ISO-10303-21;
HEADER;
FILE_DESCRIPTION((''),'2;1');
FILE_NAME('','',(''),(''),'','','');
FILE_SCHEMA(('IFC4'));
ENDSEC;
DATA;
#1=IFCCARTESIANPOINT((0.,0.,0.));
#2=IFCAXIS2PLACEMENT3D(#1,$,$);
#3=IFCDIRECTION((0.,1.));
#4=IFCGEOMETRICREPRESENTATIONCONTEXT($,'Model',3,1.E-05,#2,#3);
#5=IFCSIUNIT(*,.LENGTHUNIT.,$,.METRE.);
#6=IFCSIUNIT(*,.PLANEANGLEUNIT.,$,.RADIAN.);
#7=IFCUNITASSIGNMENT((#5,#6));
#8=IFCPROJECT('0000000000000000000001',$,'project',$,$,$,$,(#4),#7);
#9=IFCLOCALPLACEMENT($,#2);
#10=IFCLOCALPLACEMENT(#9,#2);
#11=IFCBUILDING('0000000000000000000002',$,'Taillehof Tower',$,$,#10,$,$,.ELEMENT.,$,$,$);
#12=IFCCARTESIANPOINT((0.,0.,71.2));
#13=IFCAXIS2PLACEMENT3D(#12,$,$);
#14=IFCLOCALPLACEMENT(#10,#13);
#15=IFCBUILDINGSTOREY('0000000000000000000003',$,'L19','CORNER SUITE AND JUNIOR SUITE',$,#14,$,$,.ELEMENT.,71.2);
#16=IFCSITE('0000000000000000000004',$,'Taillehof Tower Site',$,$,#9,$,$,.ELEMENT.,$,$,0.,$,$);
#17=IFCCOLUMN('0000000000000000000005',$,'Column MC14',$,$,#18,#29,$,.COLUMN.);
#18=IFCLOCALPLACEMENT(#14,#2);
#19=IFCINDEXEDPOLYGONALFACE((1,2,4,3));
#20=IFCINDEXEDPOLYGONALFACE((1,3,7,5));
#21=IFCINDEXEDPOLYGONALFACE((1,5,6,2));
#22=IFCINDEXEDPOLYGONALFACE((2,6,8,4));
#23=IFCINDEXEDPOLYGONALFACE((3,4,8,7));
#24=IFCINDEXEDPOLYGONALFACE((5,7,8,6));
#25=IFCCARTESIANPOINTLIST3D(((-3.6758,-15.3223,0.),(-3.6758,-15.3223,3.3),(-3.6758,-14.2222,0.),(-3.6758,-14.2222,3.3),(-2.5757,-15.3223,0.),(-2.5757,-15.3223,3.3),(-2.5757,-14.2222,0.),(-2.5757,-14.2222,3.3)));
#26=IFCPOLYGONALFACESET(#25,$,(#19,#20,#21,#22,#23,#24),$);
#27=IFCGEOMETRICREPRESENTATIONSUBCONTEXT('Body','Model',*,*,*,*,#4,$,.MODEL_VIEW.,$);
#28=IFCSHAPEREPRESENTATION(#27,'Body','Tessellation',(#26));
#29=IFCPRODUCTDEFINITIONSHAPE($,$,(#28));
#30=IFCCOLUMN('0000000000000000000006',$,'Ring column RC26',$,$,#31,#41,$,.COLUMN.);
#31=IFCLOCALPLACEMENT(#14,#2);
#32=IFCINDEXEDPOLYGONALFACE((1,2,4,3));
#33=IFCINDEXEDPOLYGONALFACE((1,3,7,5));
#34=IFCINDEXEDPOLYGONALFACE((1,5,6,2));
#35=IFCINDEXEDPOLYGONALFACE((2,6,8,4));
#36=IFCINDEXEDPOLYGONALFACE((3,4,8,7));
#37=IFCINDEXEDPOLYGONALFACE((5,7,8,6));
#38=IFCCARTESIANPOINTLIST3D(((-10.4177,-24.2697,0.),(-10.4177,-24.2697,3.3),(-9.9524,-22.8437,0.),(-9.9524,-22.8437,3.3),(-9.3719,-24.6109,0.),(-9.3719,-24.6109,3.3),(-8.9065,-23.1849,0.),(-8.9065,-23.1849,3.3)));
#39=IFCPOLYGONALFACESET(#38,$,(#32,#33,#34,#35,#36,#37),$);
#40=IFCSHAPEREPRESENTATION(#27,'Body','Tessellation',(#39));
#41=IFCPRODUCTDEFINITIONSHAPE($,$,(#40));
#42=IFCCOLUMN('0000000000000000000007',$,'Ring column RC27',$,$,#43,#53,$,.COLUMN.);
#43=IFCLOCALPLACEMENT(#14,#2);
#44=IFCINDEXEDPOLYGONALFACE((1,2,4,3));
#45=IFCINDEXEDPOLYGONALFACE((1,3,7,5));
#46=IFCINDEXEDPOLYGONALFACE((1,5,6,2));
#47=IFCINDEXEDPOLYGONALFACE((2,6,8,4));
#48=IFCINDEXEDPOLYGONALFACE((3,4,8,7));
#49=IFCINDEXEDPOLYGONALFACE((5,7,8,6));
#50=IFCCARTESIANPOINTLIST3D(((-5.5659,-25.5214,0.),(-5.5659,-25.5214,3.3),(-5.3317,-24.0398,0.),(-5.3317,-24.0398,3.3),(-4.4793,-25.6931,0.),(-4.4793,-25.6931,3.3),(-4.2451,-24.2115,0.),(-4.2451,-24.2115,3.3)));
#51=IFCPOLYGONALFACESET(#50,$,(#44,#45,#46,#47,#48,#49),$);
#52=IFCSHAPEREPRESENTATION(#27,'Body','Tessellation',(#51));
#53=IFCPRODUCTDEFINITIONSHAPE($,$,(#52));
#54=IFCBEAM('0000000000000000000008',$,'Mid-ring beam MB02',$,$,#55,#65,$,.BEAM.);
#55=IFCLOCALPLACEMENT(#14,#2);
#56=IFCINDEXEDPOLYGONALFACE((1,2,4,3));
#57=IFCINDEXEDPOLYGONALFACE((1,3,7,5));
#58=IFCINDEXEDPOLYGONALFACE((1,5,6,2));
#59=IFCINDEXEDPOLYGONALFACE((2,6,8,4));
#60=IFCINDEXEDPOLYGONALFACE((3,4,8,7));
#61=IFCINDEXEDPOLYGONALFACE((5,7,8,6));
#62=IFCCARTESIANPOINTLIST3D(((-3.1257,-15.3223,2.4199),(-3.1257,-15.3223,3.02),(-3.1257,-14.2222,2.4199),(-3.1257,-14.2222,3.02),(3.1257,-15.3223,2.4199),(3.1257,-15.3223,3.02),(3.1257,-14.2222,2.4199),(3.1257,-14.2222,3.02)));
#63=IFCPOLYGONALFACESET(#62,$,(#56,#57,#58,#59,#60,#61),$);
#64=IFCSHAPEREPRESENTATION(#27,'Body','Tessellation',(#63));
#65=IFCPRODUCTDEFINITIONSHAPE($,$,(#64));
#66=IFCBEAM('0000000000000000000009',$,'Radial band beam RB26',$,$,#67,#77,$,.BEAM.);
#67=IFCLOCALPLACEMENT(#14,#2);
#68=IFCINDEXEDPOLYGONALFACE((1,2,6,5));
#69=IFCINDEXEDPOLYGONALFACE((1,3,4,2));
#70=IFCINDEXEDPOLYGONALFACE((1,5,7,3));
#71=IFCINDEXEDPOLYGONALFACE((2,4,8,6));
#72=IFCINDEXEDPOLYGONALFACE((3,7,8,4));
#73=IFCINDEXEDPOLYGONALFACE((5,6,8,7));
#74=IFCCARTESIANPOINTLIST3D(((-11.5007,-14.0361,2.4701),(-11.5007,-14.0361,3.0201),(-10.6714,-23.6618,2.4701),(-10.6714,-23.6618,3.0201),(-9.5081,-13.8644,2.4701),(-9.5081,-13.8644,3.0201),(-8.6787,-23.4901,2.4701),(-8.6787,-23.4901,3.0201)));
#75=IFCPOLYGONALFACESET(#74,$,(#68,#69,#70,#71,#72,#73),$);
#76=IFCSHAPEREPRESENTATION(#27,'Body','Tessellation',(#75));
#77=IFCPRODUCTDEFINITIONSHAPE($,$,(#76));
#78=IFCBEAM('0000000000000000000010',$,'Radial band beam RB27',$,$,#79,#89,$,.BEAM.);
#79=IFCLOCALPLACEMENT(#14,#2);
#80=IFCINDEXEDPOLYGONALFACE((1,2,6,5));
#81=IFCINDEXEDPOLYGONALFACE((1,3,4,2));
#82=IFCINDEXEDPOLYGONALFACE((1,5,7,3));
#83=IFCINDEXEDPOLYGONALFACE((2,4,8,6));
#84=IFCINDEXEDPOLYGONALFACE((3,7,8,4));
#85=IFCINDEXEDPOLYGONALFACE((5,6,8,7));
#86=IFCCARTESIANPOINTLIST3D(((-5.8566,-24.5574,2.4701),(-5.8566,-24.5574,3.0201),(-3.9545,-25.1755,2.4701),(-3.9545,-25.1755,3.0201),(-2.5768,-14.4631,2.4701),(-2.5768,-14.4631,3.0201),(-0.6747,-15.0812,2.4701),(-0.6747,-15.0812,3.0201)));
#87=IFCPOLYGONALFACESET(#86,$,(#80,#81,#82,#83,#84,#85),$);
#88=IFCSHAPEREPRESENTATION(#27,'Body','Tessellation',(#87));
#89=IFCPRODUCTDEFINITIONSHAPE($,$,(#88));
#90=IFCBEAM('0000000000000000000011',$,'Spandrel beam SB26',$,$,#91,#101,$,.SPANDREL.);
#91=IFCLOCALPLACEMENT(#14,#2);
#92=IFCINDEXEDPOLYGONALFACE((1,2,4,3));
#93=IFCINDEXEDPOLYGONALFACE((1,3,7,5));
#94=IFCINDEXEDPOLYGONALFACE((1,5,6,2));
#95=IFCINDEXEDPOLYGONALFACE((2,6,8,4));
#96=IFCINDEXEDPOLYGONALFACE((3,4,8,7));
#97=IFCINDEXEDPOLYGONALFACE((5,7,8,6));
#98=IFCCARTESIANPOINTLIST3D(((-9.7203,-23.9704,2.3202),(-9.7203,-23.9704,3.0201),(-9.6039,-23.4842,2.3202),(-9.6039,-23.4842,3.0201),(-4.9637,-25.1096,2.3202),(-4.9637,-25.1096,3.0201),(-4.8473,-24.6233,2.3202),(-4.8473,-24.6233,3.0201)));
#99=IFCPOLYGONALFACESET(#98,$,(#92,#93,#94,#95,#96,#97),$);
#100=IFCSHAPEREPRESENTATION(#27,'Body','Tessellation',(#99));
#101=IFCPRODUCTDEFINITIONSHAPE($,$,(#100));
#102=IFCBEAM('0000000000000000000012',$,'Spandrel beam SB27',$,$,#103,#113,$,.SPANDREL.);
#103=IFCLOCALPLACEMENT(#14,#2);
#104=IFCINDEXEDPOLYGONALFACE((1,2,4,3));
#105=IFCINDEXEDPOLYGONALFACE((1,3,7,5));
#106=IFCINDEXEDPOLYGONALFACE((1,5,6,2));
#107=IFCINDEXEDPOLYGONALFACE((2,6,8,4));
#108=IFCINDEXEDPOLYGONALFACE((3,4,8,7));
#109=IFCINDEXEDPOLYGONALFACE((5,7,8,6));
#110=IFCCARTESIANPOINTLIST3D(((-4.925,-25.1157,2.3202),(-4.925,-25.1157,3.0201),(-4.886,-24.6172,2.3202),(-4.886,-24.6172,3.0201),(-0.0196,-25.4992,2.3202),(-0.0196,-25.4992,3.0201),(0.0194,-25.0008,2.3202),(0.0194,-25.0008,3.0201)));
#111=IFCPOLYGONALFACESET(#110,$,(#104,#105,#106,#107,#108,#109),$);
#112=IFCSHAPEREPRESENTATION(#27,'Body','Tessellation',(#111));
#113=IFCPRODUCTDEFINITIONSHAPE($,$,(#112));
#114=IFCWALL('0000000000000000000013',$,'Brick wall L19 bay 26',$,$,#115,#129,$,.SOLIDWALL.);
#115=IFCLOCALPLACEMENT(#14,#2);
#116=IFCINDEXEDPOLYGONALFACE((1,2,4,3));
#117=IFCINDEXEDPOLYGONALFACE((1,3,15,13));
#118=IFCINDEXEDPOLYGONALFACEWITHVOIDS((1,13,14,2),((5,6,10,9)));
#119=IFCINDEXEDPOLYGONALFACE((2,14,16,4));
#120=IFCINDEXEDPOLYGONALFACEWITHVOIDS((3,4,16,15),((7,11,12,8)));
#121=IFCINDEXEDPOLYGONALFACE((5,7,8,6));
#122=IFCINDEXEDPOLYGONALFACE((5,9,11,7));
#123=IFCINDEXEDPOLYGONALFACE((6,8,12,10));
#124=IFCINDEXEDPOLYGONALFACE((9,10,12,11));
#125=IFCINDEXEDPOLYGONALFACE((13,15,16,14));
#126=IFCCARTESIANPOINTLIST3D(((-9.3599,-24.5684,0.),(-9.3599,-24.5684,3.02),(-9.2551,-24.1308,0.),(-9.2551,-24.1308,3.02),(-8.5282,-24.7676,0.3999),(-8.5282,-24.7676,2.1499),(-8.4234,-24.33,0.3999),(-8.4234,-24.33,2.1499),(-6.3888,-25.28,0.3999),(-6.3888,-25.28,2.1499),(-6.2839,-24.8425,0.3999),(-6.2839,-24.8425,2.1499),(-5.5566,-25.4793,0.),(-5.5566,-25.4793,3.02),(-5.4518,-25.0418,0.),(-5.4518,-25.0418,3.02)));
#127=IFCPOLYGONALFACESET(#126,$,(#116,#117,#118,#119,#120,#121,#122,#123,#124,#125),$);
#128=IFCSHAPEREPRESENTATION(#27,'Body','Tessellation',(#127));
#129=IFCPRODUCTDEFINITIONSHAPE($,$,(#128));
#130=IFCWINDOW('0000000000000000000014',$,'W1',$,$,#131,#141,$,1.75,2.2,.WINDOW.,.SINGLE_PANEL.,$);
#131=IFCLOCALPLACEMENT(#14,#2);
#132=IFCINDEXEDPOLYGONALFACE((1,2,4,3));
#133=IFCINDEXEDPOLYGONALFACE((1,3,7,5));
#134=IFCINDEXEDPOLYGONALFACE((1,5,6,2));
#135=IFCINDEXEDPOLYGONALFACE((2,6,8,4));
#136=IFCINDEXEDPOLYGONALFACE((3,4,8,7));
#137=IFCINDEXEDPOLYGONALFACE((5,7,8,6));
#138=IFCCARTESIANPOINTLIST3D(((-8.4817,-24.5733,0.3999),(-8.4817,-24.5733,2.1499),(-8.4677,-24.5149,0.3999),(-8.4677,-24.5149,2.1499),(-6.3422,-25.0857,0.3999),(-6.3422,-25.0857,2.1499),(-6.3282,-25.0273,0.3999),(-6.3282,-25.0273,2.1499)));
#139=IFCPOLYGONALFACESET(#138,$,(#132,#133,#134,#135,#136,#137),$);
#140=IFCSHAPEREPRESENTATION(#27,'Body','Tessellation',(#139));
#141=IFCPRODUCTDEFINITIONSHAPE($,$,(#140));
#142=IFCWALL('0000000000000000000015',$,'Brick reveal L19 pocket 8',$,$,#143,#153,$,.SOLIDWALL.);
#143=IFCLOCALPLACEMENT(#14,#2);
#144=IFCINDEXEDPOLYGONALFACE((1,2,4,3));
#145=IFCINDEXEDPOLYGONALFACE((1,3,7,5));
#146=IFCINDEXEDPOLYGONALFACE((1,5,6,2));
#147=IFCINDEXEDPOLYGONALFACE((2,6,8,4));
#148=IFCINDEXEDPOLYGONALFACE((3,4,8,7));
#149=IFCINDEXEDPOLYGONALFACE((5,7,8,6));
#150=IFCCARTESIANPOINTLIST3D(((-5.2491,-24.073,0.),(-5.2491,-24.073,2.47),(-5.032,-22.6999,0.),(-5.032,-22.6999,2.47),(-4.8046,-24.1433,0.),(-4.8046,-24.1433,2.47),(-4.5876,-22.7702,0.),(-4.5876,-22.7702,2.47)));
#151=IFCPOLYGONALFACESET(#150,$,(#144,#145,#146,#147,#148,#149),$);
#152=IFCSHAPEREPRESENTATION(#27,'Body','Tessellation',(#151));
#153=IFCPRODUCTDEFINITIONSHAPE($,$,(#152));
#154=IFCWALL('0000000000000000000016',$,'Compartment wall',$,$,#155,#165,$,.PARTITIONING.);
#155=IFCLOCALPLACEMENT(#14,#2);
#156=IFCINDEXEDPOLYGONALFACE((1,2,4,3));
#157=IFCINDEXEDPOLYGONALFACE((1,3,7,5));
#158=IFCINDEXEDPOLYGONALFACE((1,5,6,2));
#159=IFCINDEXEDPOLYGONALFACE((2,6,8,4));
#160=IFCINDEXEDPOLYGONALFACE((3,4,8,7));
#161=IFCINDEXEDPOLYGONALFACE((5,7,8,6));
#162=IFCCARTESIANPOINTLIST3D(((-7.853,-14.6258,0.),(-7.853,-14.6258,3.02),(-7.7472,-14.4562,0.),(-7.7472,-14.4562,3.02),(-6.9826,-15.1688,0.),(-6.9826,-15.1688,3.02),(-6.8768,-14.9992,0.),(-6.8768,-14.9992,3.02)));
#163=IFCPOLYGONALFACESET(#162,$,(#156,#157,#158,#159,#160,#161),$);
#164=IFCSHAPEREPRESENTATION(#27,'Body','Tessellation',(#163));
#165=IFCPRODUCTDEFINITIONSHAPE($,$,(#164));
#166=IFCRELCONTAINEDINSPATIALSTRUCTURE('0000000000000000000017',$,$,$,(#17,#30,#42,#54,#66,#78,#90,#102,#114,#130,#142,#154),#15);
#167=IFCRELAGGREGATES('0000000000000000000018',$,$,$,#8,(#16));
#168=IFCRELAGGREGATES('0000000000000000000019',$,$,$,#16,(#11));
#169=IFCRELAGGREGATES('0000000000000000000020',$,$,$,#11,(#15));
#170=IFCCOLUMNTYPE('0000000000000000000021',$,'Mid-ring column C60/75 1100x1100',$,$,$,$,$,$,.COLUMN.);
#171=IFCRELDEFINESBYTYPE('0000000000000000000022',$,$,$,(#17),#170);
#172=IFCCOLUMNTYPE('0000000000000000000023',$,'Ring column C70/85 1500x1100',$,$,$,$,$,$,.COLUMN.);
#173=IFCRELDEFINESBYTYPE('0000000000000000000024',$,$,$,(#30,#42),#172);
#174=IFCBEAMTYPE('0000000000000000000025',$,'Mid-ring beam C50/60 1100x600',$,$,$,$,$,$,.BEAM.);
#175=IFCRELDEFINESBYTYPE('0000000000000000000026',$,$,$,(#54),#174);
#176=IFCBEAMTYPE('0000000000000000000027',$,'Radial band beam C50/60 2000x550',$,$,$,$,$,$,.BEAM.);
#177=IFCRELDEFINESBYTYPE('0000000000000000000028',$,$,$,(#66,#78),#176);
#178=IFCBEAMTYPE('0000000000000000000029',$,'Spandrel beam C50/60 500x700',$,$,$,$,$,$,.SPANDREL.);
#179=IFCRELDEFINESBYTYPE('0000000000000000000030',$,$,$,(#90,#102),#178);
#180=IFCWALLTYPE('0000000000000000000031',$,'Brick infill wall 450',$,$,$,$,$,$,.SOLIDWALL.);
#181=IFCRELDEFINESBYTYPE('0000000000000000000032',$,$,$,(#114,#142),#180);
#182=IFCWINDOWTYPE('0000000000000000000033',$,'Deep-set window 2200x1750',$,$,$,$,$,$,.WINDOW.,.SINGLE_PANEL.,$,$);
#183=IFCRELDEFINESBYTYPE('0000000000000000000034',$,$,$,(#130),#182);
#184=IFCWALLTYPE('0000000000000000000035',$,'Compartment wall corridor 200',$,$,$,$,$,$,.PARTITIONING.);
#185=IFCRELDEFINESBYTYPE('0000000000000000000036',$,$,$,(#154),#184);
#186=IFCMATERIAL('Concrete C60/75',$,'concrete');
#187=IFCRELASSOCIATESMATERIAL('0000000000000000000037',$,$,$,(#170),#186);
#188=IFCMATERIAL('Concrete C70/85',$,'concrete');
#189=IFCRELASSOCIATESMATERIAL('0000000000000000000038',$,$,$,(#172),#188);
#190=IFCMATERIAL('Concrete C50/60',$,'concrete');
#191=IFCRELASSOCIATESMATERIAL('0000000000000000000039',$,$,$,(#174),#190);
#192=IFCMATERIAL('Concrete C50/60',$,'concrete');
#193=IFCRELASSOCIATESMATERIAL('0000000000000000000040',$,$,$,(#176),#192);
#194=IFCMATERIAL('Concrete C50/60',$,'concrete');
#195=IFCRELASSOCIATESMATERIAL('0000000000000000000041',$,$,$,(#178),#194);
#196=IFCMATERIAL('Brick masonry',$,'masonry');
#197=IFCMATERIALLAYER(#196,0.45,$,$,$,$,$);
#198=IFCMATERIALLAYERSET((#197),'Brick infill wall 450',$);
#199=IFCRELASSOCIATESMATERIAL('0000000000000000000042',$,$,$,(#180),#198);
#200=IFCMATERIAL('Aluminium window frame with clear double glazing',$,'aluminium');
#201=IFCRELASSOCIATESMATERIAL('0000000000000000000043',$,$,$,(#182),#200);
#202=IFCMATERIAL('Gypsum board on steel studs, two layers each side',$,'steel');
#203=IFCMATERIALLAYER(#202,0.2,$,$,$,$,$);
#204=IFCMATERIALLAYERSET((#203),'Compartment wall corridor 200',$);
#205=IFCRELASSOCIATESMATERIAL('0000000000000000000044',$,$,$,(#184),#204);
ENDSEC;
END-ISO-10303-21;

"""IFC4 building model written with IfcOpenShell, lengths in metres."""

from ifc_helpers import new_model, si_unit, direction, frame, frame_2d, origin, origin_2d, place, context, subcontext, project, spatial, rectangle, extrude, material, layer, layer_set, material_profile, profile_set, type_object, element, fill, save


model = new_model("IFC4")

# Units and contexts
model_context = context("Model", 3, precision=1e-05, world=origin(), true_north=direction((0.0, 1.0)))
body_context = subcontext(model_context, "Body", "Model", "MODEL_VIEW")
ifc_project = project(units=[si_unit("LENGTHUNIT", "METRE"), si_unit("PLANEANGLEUNIT", "RADIAN")], contexts=[model_context])

# Site, building, storey
site_placement = place(None, origin())
site = spatial("IfcSite", under=ifc_project, at=site_placement, Name="Taillehof Tower Site", CompositionType="ELEMENT", RefElevation=0.0)
building_placement = place(site_placement, origin())
building = spatial("IfcBuilding", under=site, at=building_placement, Name="Taillehof Tower", CompositionType="ELEMENT")
storey_placement = place(building_placement, frame((0.0, 0.0, 71.2)))
storey = spatial("IfcBuildingStorey", under=building, at=storey_placement, Name="L19", Description="CORNER SUITE AND JUNIOR SUITE", CompositionType="ELEMENT", Elevation=71.2)

# Columns
ifc_material_1 = material(Name="Concrete C60/75", Category="concrete")
ifc_material_profile_1 = material_profile(ifc_material_1, rectangle(XDim=1.1001, YDim=1.1001, at=origin_2d()), Name="RC 1100x1100")
ifc_profile_set_1 = profile_set([ifc_material_profile_1], Name="Concrete C60/75")
column_type_1 = type_object("IfcColumnType", Name="Mid-ring column C60/75 1100x1100", PredefinedType="COLUMN", material=ifc_profile_set_1)
column_placement = place(storey_placement, frame((-3.1257, -14.7722, 0.0), z_axis=(0.0, 0.0, 1.0), x_axis=(1.0, 0.0, 0.0)))
element("IfcColumn", 1, at=column_placement, inside=storey, type_object=column_type_1, Name="Column MC14", PredefinedType="COLUMN", context=body_context, shape_type="SweptSolid", body=[
    extrude(rectangle(XDim=1.1001, YDim=1.1001, at=origin_2d()), origin(), (0.0, 0.0, 1.0), 3.3),
])
ifc_material_2 = material(Name="Concrete C70/85", Category="concrete")
ifc_material_profile_2 = material_profile(ifc_material_2, rectangle(XDim=1.5, YDim=1.1001, at=origin_2d()), Name="RC 1500x1100")
ifc_profile_set_2 = profile_set([ifc_material_profile_2], Name="Concrete C70/85")
column_type_2 = type_object("IfcColumnType", Name="Ring column C70/85 1500x1100", PredefinedType="COLUMN", material=ifc_profile_set_2)
for number, where, z_axis, x_axis, name in (
    (2, (-9.6621, -23.7273, 0.0), (0.0, 0.0, 1.0), (-0.310219, -0.950665, 0.0), "Ring column RC26"),
    (3, (-4.9055, -24.8665, 0.0), (0.0, 0.0, 1.0), (-0.156147, -0.987734, 0.0), "Ring column RC27"),
):
    element("IfcColumn", number, at=place(storey_placement, frame(where, z_axis=z_axis, x_axis=x_axis)), inside=storey, type_object=column_type_2, Name=name, PredefinedType="COLUMN", context=body_context, shape_type="SweptSolid", body=[
        extrude(rectangle(XDim=1.5, YDim=1.1001, at=origin_2d()), origin(), (0.0, 0.0, 1.0), 3.3),
    ])

# Beams
ifc_material_3 = material(Name="Concrete C50/60", Category="concrete")
ifc_material_profile_3 = material_profile(ifc_material_3, rectangle(XDim=1.1001, YDim=0.6001, at=origin_2d()), Name="RC 1100x600")
ifc_profile_set_3 = profile_set([ifc_material_profile_3], Name="Concrete C50/60")
beam_type_1 = type_object("IfcBeamType", Name="Mid-ring beam C50/60 1100x600", PredefinedType="BEAM", material=ifc_profile_set_3)
beam_1_placement = place(storey_placement, frame((-3.1257, -14.7722, 2.72), z_axis=(1.0, 0.0, 0.0), x_axis=(0.0, 1.0, 0.0)))
element("IfcBeam", 4, at=beam_1_placement, inside=storey, type_object=beam_type_1, Name="Mid-ring beam MB02", PredefinedType="BEAM", context=body_context, shape_type="SweptSolid", body=[
    extrude(rectangle(XDim=1.1001, YDim=0.6001, at=origin_2d()), origin(), (0.0, 0.0, 1.0), 6.2515),
])
ifc_material_4 = material(Name="Concrete C50/60", Category="concrete")
ifc_material_profile_4 = material_profile(ifc_material_4, rectangle(XDim=2.0, YDim=0.55, at=origin_2d()), Name="RC 2000x550")
ifc_profile_set_4 = profile_set([ifc_material_profile_4], Name="Concrete C50/60")
beam_type_2 = type_object("IfcBeamType", Name="Radial band beam C50/60 2000x550", PredefinedType="BEAM", material=ifc_profile_set_4)
beam_2_placement = place(storey_placement, frame((-9.675, -23.5759, 2.7451), z_axis=(-0.085841, 0.996309, 0.0), x_axis=(-0.996309, -0.085841, 0.0)))
element("IfcBeam", 5, at=beam_2_placement, inside=storey, type_object=beam_type_2, Name="Radial band beam RB26", PredefinedType="BEAM", context=body_context, shape_type="SweptSolid", body=[
    extrude(rectangle(XDim=2.0, YDim=0.55, at=origin_2d()), origin(), (0.0, 0.0, 1.0), 9.6614),
])
beam_3_placement = place(storey_placement, frame((-4.9055, -24.8665, 2.7451), z_axis=(0.309014, 0.951057, 0.0), x_axis=(-0.951057, 0.309014, 0.0)))
element("IfcBeam", 6, at=beam_3_placement, inside=storey, type_object=beam_type_2, Name="Radial band beam RB27", PredefinedType="BEAM", context=body_context, shape_type="SweptSolid", body=[
    extrude(rectangle(XDim=2.0, YDim=0.55, at=origin_2d()), origin(), (0.0, 0.0, 1.0), 10.6138),
])
ifc_material_5 = material(Name="Concrete C50/60", Category="concrete")
ifc_material_profile_5 = material_profile(ifc_material_5, rectangle(XDim=0.5, YDim=0.7, at=origin_2d()), Name="RC 500x700")
ifc_profile_set_5 = profile_set([ifc_material_profile_5], Name="Concrete C50/60")
beam_type_3 = type_object("IfcBeamType", Name="Spandrel beam C50/60 500x700", PredefinedType="SPANDREL", material=ifc_profile_set_5)
beam_4_placement = place(storey_placement, frame((-9.6621, -23.7273, 2.6702), z_axis=(0.9725, -0.232905, 0.0), x_axis=(0.232905, 0.9725, 0.0)))
element("IfcBeam", 7, at=beam_4_placement, inside=storey, type_object=beam_type_3, Name="Spandrel beam SB26", PredefinedType="SPANDREL", context=body_context, shape_type="SweptSolid", body=[
    extrude(rectangle(XDim=0.5, YDim=0.7, at=origin_2d()), origin(), (0.0, 0.0, 1.0), 4.8911),
])
beam_5_placement = place(storey_placement, frame((-4.9055, -24.8665, 2.6702), z_axis=(0.996957, -0.077949, 0.0), x_axis=(0.077949, 0.996957, 0.0)))
element("IfcBeam", 8, at=beam_5_placement, inside=storey, type_object=beam_type_3, Name="Spandrel beam SB27", PredefinedType="SPANDREL", context=body_context, shape_type="SweptSolid", body=[
    extrude(rectangle(XDim=0.5, YDim=0.7, at=origin_2d()), origin(), (0.0, 0.0, 1.0), 4.9204),
])

# Wall, opening, window
ifc_material_6 = material(Name="Brick masonry", Category="masonry")
ifc_layer_1 = layer(ifc_material_6, 0.45)
ifc_layer_set_1 = layer_set([ifc_layer_1], Name="Brick infill wall 450")
wall_type_1 = type_object("IfcWallType", Name="Brick infill wall 450", PredefinedType="SOLIDWALL", material=ifc_layer_set_1)
wall_1_placement = place(storey_placement, frame((-9.3076, -24.3496, 0.0), z_axis=(0.0, 0.0, 1.0), x_axis=(0.972497, -0.232917, 0.0)))
wall_1 = element("IfcWall", 9, at=wall_1_placement, inside=storey, type_object=wall_type_1, Name="Brick wall L19 bay 26", PredefinedType="SOLIDWALL", context=body_context, shape_type="SweptSolid", body=[
    extrude(rectangle(XDim=3.9109, YDim=0.45, at=frame_2d((1.9556, 0.0))), origin(), (0.0, 0.0, 1.0), 3.02),
])
opening_1_placement = place(wall_1_placement, frame((0.8552, 0.0, 0.3999)))
opening_1 = element("IfcOpeningElement", 10, at=opening_1_placement, cuts=wall_1, PredefinedType="OPENING", context=body_context, shape_type="SweptSolid", body=[
    extrude(rectangle(XDim=2.2, YDim=1.75, at=frame_2d((1.1001, 0.875))), frame((0.0, 0.2349, 0.0), z_axis=(0.0, -1.0, 0.0), x_axis=(1.0, 0.0, 0.0)), (0.0, 0.0, 1.0), 0.47),
])
ifc_material_7 = material(Name="Aluminium window frame with clear double glazing", Category="aluminium")
window_type_1 = type_object("IfcWindowType", Name="Deep-set window 2200x1750", PartitioningType="SINGLE_PANEL", PredefinedType="WINDOW", material=ifc_material_7)
window_1_placement = place(opening_1_placement, origin())
window_1 = element("IfcWindow", 11, at=window_1_placement, inside=storey, type_object=window_type_1, Name="W1", OverallHeight=1.75, OverallWidth=2.2, PartitioningType="SINGLE_PANEL", PredefinedType="WINDOW", context=body_context, shape_type="SweptSolid", body=[
    extrude(rectangle(XDim=2.2, YDim=1.75, at=frame_2d((1.1001, 0.875))), frame((0.0, 0.0349, 0.0), z_axis=(0.0, -1.0, 0.0), x_axis=(1.0, 0.0, 0.0)), (0.0, 0.0, 1.0), 0.0601),
])
fill(opening_1, window_1)

# Wall
wall_2_placement = place(storey_placement, frame((-5.0269, -24.1082, 0.0), z_axis=(0.0, 0.0, 1.0), x_axis=(0.156134, 0.987736, 0.0)))
element("IfcWall", 12, at=wall_2_placement, inside=storey, type_object=wall_type_1, Name="Brick reveal L19 pocket 8", PredefinedType="SOLIDWALL", context=body_context, shape_type="SweptSolid", body=[
    extrude(rectangle(XDim=1.3901, YDim=0.45, at=frame_2d((0.6951, 0.0))), origin(), (0.0, 0.0, 1.0), 2.47),
])

# Wall
ifc_material_8 = material(Name="Gypsum board on steel studs, two layers each side", Category="steel")
ifc_layer_2 = layer(ifc_material_8, 0.2)
ifc_layer_set_2 = layer_set([ifc_layer_2], Name="Compartment wall corridor 200")
wall_type_2 = type_object("IfcWallType", Name="Compartment wall corridor 200", PredefinedType="PARTITIONING", material=ifc_layer_set_2)
wall_3_placement = place(storey_placement, frame((-6.9297, -15.084, 0.0), z_axis=(0.0, 0.0, 1.0), x_axis=(-0.848439, 0.529293, 0.0)))
element("IfcWall", 13, at=wall_3_placement, inside=storey, type_object=wall_type_2, Name="Compartment wall", PredefinedType="PARTITIONING", context=body_context, shape_type="SweptSolid", body=[
    extrude(rectangle(XDim=1.0259, YDim=0.2, at=frame_2d((0.5129, 0.0))), origin(), (0.0, 0.0, 1.0), 3.02),
])

save(model, "model.ifc")
